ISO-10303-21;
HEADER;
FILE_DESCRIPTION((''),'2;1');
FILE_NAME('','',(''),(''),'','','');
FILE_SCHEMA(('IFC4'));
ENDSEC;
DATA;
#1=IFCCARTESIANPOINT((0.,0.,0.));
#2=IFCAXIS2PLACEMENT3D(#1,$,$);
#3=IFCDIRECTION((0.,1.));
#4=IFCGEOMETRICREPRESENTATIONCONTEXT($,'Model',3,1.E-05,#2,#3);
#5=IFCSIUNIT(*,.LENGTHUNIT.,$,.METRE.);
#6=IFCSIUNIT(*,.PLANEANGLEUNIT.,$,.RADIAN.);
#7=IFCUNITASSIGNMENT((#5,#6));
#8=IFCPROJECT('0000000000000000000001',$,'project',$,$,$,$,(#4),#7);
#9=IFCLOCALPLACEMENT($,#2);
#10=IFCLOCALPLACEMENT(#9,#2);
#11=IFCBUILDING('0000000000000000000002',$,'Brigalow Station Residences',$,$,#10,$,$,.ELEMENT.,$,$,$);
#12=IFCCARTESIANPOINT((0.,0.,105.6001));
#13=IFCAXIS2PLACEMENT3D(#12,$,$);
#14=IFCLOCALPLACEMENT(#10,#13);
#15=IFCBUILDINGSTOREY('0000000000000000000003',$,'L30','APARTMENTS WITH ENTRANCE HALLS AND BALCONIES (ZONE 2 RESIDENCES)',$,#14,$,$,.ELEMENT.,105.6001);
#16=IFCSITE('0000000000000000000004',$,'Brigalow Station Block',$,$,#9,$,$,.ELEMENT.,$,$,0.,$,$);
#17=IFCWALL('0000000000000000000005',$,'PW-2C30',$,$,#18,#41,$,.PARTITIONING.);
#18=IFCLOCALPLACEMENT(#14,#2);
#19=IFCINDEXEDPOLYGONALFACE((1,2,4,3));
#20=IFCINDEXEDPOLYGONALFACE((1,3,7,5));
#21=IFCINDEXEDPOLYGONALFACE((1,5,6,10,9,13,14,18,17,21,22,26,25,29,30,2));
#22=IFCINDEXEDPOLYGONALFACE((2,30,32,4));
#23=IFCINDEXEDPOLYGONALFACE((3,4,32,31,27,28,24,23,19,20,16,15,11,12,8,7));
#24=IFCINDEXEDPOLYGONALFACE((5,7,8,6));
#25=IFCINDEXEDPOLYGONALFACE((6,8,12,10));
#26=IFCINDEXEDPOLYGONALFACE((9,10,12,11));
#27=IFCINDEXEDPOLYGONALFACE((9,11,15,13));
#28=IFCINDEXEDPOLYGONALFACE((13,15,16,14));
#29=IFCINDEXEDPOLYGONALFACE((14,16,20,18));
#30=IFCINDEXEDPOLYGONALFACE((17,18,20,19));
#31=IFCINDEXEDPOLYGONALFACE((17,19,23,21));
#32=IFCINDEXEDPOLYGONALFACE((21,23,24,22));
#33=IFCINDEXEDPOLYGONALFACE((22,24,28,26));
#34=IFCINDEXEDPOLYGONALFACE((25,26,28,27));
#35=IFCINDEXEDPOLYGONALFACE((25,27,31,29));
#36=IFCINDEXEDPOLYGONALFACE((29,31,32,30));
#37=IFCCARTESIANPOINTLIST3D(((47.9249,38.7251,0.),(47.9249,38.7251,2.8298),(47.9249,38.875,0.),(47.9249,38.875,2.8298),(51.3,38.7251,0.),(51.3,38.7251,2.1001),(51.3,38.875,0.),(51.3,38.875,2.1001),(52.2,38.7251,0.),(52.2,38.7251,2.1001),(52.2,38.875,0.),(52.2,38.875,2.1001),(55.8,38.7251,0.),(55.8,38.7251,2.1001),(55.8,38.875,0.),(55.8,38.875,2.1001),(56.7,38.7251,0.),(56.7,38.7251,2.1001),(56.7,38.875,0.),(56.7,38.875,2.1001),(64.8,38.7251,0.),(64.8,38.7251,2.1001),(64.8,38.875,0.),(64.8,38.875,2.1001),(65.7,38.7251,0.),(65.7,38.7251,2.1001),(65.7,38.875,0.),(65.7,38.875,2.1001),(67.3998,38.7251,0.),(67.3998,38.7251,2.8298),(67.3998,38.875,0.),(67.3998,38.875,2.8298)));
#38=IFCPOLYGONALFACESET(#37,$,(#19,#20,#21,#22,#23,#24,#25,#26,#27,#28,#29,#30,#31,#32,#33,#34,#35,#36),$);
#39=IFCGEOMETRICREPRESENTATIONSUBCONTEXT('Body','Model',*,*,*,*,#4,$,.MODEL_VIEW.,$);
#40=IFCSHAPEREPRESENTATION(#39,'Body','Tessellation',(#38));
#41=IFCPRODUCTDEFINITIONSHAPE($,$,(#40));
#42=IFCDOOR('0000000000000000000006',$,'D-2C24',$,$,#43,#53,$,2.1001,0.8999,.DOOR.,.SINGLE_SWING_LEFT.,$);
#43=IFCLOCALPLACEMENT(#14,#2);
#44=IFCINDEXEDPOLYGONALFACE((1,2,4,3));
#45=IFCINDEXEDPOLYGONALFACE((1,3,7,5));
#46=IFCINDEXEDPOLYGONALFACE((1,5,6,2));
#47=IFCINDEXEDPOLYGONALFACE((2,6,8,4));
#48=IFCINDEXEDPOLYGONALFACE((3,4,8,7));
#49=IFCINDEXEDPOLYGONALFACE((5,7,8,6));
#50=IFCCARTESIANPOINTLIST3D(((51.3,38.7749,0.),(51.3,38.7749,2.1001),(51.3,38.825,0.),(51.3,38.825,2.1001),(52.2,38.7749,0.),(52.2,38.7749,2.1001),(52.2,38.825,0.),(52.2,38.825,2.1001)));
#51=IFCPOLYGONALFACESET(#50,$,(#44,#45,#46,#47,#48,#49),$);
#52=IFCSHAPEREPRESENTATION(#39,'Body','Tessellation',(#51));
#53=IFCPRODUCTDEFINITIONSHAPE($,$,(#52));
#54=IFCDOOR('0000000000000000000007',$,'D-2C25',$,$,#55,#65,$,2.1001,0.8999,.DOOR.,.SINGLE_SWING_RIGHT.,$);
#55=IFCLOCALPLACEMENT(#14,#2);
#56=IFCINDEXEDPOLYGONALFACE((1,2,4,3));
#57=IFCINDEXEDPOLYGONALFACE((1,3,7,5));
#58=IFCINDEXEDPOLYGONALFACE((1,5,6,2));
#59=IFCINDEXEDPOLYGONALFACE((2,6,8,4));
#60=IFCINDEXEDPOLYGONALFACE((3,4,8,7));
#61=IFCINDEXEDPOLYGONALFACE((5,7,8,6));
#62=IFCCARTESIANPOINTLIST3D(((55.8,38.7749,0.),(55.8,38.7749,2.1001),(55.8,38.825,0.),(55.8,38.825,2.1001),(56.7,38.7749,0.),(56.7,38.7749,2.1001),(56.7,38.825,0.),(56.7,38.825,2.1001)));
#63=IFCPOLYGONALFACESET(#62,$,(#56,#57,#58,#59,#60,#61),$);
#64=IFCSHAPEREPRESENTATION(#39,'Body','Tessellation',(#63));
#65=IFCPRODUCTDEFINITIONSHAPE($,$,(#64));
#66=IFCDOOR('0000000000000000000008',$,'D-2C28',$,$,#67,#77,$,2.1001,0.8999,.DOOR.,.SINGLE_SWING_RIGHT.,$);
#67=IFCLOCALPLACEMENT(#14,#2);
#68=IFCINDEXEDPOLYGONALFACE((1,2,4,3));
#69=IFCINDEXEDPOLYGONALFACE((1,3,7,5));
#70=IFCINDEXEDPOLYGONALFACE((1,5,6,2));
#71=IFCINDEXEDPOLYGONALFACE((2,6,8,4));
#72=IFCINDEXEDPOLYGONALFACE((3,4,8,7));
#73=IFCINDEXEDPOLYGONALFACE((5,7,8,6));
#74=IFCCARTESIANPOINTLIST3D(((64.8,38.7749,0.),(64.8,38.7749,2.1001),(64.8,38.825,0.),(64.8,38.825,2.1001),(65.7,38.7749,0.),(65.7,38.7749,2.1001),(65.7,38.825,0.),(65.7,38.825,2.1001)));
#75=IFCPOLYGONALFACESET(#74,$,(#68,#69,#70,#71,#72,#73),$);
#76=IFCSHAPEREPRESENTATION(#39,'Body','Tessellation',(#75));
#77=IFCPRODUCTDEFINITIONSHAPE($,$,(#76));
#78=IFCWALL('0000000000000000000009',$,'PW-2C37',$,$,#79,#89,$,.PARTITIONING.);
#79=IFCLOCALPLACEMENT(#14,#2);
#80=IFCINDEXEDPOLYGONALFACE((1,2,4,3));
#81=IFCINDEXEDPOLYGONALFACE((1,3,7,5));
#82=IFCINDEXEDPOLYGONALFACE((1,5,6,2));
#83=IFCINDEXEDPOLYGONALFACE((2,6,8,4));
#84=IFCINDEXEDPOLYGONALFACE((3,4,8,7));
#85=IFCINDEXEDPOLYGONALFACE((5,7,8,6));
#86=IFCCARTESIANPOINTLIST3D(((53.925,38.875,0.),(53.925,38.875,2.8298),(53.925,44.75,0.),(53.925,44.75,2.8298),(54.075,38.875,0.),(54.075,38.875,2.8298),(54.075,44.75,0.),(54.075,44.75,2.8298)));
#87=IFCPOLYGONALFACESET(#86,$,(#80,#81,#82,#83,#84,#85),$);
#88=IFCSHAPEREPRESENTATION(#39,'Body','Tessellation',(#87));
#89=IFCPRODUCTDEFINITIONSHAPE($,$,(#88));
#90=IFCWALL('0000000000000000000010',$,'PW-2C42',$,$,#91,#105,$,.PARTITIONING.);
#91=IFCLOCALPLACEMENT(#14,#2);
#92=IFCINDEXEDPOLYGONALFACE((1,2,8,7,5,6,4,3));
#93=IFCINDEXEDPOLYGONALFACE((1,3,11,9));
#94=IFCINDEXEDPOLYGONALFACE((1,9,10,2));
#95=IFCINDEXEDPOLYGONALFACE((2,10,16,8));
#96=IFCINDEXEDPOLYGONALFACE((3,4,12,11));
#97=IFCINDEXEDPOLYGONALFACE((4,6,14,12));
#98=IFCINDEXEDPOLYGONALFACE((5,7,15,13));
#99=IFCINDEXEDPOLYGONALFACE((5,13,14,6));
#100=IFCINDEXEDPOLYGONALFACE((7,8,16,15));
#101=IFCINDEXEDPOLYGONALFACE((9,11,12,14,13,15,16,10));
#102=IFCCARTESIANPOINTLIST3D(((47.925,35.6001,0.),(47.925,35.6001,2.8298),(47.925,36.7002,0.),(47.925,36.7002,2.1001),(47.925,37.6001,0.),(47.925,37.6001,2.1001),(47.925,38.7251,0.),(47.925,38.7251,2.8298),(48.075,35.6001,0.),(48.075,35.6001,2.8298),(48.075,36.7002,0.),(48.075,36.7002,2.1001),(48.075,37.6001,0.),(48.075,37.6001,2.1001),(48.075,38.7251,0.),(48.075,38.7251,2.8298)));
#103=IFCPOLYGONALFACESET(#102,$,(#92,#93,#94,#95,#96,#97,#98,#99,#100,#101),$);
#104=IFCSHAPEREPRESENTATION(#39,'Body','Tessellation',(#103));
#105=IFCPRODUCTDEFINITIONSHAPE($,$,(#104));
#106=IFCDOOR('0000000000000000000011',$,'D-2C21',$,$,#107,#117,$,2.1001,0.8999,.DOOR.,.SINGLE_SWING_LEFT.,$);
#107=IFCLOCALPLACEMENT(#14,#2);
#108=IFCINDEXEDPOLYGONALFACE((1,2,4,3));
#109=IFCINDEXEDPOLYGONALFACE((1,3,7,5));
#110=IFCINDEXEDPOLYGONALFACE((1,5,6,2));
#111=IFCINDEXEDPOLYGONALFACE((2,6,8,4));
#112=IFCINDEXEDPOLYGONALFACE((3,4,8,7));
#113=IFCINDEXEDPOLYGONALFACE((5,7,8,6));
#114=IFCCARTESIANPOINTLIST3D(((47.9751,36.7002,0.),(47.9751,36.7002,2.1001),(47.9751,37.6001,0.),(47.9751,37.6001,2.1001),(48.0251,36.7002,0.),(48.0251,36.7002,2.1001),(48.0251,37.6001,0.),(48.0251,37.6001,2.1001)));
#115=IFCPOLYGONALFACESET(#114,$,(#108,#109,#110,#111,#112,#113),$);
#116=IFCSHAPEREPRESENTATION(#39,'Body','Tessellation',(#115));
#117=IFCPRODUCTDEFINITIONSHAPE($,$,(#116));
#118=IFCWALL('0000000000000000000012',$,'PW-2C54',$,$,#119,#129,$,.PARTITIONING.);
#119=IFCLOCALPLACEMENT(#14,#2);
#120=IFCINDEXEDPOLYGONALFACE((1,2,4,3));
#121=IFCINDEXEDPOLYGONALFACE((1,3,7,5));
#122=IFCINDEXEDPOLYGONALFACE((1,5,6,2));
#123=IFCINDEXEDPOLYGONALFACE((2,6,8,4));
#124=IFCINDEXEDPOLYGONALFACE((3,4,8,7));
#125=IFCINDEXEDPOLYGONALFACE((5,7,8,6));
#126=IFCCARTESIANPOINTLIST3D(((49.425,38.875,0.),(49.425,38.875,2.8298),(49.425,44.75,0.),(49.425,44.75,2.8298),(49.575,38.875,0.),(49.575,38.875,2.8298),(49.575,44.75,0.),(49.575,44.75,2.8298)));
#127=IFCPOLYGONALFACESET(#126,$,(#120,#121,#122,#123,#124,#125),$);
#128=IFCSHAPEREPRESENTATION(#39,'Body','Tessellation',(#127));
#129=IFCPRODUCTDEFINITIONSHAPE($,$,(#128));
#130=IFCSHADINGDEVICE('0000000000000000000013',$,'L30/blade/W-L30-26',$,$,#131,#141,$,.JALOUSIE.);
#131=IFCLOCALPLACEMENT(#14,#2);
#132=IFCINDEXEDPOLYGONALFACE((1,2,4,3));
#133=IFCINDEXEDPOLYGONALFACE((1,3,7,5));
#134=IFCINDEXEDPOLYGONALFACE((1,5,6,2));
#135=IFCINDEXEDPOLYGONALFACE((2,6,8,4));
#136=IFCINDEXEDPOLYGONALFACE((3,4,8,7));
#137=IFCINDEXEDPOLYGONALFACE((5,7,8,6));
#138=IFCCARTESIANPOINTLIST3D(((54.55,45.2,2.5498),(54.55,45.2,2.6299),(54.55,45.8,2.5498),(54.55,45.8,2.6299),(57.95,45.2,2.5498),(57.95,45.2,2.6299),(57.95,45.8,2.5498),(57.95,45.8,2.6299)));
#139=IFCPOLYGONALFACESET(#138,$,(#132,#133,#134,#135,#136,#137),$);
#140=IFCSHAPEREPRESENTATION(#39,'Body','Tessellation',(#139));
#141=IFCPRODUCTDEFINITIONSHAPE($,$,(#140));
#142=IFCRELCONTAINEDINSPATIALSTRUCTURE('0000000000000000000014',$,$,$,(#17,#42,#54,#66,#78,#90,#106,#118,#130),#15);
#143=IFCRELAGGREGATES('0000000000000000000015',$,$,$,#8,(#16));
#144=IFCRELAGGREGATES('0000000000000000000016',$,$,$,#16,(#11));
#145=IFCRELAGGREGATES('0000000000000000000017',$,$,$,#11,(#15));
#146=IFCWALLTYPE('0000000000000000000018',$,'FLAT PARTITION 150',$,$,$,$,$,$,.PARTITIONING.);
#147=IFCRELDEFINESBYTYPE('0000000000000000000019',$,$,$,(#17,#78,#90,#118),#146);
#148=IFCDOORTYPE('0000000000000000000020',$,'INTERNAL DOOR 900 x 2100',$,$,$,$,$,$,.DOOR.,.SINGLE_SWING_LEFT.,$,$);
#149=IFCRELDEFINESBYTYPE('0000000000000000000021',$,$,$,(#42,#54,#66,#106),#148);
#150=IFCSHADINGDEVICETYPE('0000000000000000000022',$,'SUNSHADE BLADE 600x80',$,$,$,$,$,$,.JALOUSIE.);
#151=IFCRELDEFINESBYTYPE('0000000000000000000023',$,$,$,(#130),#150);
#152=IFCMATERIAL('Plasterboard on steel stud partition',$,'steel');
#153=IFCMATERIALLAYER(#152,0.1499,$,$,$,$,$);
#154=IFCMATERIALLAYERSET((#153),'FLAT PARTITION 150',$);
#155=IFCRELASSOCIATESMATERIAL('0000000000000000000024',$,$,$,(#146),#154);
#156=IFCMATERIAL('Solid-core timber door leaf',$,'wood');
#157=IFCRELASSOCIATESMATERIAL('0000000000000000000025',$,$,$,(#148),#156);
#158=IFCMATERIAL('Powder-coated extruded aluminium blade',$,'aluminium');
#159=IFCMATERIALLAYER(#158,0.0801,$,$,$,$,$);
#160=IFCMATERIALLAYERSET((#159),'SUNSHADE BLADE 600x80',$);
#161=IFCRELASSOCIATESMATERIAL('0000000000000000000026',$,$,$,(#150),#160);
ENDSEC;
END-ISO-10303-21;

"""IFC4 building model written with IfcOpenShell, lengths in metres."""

from ifc_helpers import new_model, si_unit, direction, frame, frame_2d, origin, origin_2d, place, context, subcontext, project, spatial, rectangle, extrude, material, layer, layer_set, type_object, element, fill, save


model = new_model("IFC4")

# Units and contexts
model_context = context("Model", 3, precision=1e-05, world=origin(), true_north=direction((0.0, 1.0)))
body_context = subcontext(model_context, "Body", "Model", "MODEL_VIEW")
ifc_project = project(units=[si_unit("LENGTHUNIT", "METRE"), si_unit("PLANEANGLEUNIT", "RADIAN")], contexts=[model_context])

# Site, building, storey
site_placement = place(None, origin())
site = spatial("IfcSite", under=ifc_project, at=site_placement, Name="Brigalow Station Block", CompositionType="ELEMENT", RefElevation=0.0)
building_placement = place(site_placement, origin())
building = spatial("IfcBuilding", under=site, at=building_placement, Name="Brigalow Station Residences", CompositionType="ELEMENT")
storey_placement = place(building_placement, frame((0.0, 0.0, 105.6001)))
storey = spatial("IfcBuildingStorey", under=building, at=storey_placement, Name="L30", Description="APARTMENTS WITH ENTRANCE HALLS AND BALCONIES (ZONE 2 RESIDENCES)", CompositionType="ELEMENT", Elevation=105.6001)

# Wall, openings, doors
ifc_material_1 = material(Name="Plasterboard on steel stud partition", Category="steel")
ifc_layer_1 = layer(ifc_material_1, 0.1499)
ifc_layer_set_1 = layer_set([ifc_layer_1], Name="FLAT PARTITION 150")
wall_type_1 = type_object("IfcWallType", Name="FLAT PARTITION 150", PredefinedType="PARTITIONING", material=ifc_layer_set_1)
wall_1_placement = place(storey_placement, frame((47.925, 38.8, 0.0), z_axis=(0.0, 0.0, 1.0), x_axis=(1.0, 0.0, 0.0)))
wall_1 = element("IfcWall", 1, at=wall_1_placement, inside=storey, type_object=wall_type_1, Name="PW-2C30", PredefinedType="PARTITIONING", context=body_context, shape_type="SweptSolid", body=[
    extrude(rectangle(XDim=19.4749, YDim=0.1499, at=frame_2d((9.7373, 0.0))), origin(), (0.0, 0.0, 1.0), 2.8298),
])
opening_1_placement = place(wall_1_placement, frame((3.375, 0.0, 0.0)))
opening_1 = element("IfcOpeningElement", 2, at=opening_1_placement, cuts=wall_1, PredefinedType="OPENING", context=body_context, shape_type="SweptSolid", body=[
    extrude(rectangle(XDim=0.8999, YDim=2.1001, at=frame_2d((0.45, 1.05))), frame((0.0, 0.085, 0.0), z_axis=(0.0, -1.0, 0.0), x_axis=(1.0, 0.0, 0.0)), (0.0, 0.0, 1.0), 0.1699),
])
opening_2_placement = place(wall_1_placement, frame((7.875, 0.0, 0.0)))
opening_2 = element("IfcOpeningElement", 3, at=opening_2_placement, cuts=wall_1, PredefinedType="OPENING", context=body_context, shape_type="SweptSolid", body=[
    extrude(rectangle(XDim=0.8999, YDim=2.1001, at=frame_2d((0.45, 1.05))), frame((0.0, 0.085, 0.0), z_axis=(0.0, -1.0, 0.0), x_axis=(1.0, 0.0, 0.0)), (0.0, 0.0, 1.0), 0.1699),
])
opening_3_placement = place(wall_1_placement, frame((16.875, 0.0, 0.0)))
opening_3 = element("IfcOpeningElement", 4, at=opening_3_placement, cuts=wall_1, PredefinedType="OPENING", context=body_context, shape_type="SweptSolid", body=[
    extrude(rectangle(XDim=0.8999, YDim=2.1001, at=frame_2d((0.45, 1.05))), frame((0.0, 0.085, 0.0), z_axis=(0.0, -1.0, 0.0), x_axis=(1.0, 0.0, 0.0)), (0.0, 0.0, 1.0), 0.1699),
])
ifc_material_2 = material(Name="Solid-core timber door leaf", Category="wood")
door_type_1 = type_object("IfcDoorType", Name="INTERNAL DOOR 900 x 2100", OperationType="SINGLE_SWING_LEFT", PredefinedType="DOOR", material=ifc_material_2)
door_1_placement = place(opening_1_placement, origin())
door_1 = element("IfcDoor", 5, at=door_1_placement, inside=storey, type_object=door_type_1, Name="D-2C24", OperationType="SINGLE_SWING_LEFT", OverallHeight=2.1001, OverallWidth=0.8999, PredefinedType="DOOR", context=body_context, shape_type="SweptSolid", body=[
    extrude(rectangle(XDim=0.8999, YDim=2.1001, at=frame_2d((0.45, 1.05))), frame((0.0, 0.0249, 0.0), z_axis=(0.0, -1.0, 0.0), x_axis=(1.0, 0.0, 0.0)), (0.0, 0.0, 1.0), 0.05),
])
fill(opening_1, door_1)
door_2_placement = place(opening_2_placement, origin())
door_2 = element("IfcDoor", 6, at=door_2_placement, inside=storey, type_object=door_type_1, Name="D-2C25", OperationType="SINGLE_SWING_RIGHT", OverallHeight=2.1001, OverallWidth=0.8999, PredefinedType="DOOR", context=body_context, shape_type="SweptSolid", body=[
    extrude(rectangle(XDim=0.8999, YDim=2.1001, at=frame_2d((0.45, 1.05))), frame((0.0, 0.0249, 0.0), z_axis=(0.0, -1.0, 0.0), x_axis=(1.0, 0.0, 0.0)), (0.0, 0.0, 1.0), 0.05),
])
fill(opening_2, door_2)
door_3_placement = place(opening_3_placement, origin())
door_3 = element("IfcDoor", 7, at=door_3_placement, inside=storey, type_object=door_type_1, Name="D-2C28", OperationType="SINGLE_SWING_RIGHT", OverallHeight=2.1001, OverallWidth=0.8999, PredefinedType="DOOR", context=body_context, shape_type="SweptSolid", body=[
    extrude(rectangle(XDim=0.8999, YDim=2.1001, at=frame_2d((0.45, 1.05))), frame((0.0, 0.0249, 0.0), z_axis=(0.0, -1.0, 0.0), x_axis=(1.0, 0.0, 0.0)), (0.0, 0.0, 1.0), 0.05),
])
fill(opening_3, door_3)

# Wall
wall_2_placement = place(storey_placement, frame((54.0, 38.875, 0.0), z_axis=(0.0, 0.0, 1.0), x_axis=(0.0, 1.0, 0.0)))
element("IfcWall", 8, at=wall_2_placement, inside=storey, type_object=wall_type_1, Name="PW-2C37", PredefinedType="PARTITIONING", context=body_context, shape_type="SweptSolid", body=[
    extrude(rectangle(XDim=5.875, YDim=0.1499, at=frame_2d((2.9375, 0.0))), origin(), (0.0, 0.0, 1.0), 2.8298),
])

# Wall, opening, door
wall_3_placement = place(storey_placement, frame((48.0, 35.6001, 0.0), z_axis=(0.0, 0.0, 1.0), x_axis=(0.0, 1.0, 0.0)))
wall_3 = element("IfcWall", 9, at=wall_3_placement, inside=storey, type_object=wall_type_1, Name="PW-2C42", PredefinedType="PARTITIONING", context=body_context, shape_type="SweptSolid", body=[
    extrude(rectangle(XDim=3.125, YDim=0.1499, at=frame_2d((1.5625, 0.0))), origin(), (0.0, 0.0, 1.0), 2.8298),
])
opening_4_placement = place(wall_3_placement, frame((1.1001, 0.0, 0.0)))
opening_4 = element("IfcOpeningElement", 10, at=opening_4_placement, cuts=wall_3, PredefinedType="OPENING", context=body_context, shape_type="SweptSolid", body=[
    extrude(rectangle(XDim=0.8999, YDim=2.1001, at=frame_2d((0.45, 1.05))), frame((0.0, 0.085, 0.0), z_axis=(0.0, -1.0, 0.0), x_axis=(1.0, 0.0, 0.0)), (0.0, 0.0, 1.0), 0.1699),
])
door_4_placement = place(opening_4_placement, origin())
door_4 = element("IfcDoor", 11, at=door_4_placement, inside=storey, type_object=door_type_1, Name="D-2C21", OperationType="SINGLE_SWING_LEFT", OverallHeight=2.1001, OverallWidth=0.8999, PredefinedType="DOOR", context=body_context, shape_type="SweptSolid", body=[
    extrude(rectangle(XDim=0.8999, YDim=2.1001, at=frame_2d((0.45, 1.05))), frame((0.0, 0.0249, 0.0), z_axis=(0.0, -1.0, 0.0), x_axis=(1.0, 0.0, 0.0)), (0.0, 0.0, 1.0), 0.05),
])
fill(opening_4, door_4)

# Wall
wall_4_placement = place(storey_placement, frame((49.5, 38.875, 0.0), z_axis=(0.0, 0.0, 1.0), x_axis=(0.0, 1.0, 0.0)))
element("IfcWall", 12, at=wall_4_placement, inside=storey, type_object=wall_type_1, Name="PW-2C54", PredefinedType="PARTITIONING", context=body_context, shape_type="SweptSolid", body=[
    extrude(rectangle(XDim=5.875, YDim=0.1499, at=frame_2d((2.9375, 0.0))), origin(), (0.0, 0.0, 1.0), 2.8298),
])

# Shading device
ifc_material_3 = material(Name="Powder-coated extruded aluminium blade", Category="aluminium")
ifc_layer_2 = layer(ifc_material_3, 0.0801)
ifc_layer_set_2 = layer_set([ifc_layer_2], Name="SUNSHADE BLADE 600x80")
shading_device_type = type_object("IfcShadingDeviceType", Name="SUNSHADE BLADE 600x80", PredefinedType="JALOUSIE", material=ifc_layer_set_2)
shading_device_placement = place(storey_placement, frame((56.25, 45.5, 2.5498), z_axis=(0.0, 0.0, 1.0), x_axis=(-1.0, 0.0, 0.0)))
element("IfcShadingDevice", 13, at=shading_device_placement, inside=storey, type_object=shading_device_type, Name="L30/blade/W-L30-26", PredefinedType="JALOUSIE", context=body_context, shape_type="SweptSolid", body=[
    extrude(rectangle(XDim=3.3999, YDim=0.6001, at=origin_2d()), origin(), (0.0, 0.0, 1.0), 0.0801),
])

save(model, "model.ifc")
